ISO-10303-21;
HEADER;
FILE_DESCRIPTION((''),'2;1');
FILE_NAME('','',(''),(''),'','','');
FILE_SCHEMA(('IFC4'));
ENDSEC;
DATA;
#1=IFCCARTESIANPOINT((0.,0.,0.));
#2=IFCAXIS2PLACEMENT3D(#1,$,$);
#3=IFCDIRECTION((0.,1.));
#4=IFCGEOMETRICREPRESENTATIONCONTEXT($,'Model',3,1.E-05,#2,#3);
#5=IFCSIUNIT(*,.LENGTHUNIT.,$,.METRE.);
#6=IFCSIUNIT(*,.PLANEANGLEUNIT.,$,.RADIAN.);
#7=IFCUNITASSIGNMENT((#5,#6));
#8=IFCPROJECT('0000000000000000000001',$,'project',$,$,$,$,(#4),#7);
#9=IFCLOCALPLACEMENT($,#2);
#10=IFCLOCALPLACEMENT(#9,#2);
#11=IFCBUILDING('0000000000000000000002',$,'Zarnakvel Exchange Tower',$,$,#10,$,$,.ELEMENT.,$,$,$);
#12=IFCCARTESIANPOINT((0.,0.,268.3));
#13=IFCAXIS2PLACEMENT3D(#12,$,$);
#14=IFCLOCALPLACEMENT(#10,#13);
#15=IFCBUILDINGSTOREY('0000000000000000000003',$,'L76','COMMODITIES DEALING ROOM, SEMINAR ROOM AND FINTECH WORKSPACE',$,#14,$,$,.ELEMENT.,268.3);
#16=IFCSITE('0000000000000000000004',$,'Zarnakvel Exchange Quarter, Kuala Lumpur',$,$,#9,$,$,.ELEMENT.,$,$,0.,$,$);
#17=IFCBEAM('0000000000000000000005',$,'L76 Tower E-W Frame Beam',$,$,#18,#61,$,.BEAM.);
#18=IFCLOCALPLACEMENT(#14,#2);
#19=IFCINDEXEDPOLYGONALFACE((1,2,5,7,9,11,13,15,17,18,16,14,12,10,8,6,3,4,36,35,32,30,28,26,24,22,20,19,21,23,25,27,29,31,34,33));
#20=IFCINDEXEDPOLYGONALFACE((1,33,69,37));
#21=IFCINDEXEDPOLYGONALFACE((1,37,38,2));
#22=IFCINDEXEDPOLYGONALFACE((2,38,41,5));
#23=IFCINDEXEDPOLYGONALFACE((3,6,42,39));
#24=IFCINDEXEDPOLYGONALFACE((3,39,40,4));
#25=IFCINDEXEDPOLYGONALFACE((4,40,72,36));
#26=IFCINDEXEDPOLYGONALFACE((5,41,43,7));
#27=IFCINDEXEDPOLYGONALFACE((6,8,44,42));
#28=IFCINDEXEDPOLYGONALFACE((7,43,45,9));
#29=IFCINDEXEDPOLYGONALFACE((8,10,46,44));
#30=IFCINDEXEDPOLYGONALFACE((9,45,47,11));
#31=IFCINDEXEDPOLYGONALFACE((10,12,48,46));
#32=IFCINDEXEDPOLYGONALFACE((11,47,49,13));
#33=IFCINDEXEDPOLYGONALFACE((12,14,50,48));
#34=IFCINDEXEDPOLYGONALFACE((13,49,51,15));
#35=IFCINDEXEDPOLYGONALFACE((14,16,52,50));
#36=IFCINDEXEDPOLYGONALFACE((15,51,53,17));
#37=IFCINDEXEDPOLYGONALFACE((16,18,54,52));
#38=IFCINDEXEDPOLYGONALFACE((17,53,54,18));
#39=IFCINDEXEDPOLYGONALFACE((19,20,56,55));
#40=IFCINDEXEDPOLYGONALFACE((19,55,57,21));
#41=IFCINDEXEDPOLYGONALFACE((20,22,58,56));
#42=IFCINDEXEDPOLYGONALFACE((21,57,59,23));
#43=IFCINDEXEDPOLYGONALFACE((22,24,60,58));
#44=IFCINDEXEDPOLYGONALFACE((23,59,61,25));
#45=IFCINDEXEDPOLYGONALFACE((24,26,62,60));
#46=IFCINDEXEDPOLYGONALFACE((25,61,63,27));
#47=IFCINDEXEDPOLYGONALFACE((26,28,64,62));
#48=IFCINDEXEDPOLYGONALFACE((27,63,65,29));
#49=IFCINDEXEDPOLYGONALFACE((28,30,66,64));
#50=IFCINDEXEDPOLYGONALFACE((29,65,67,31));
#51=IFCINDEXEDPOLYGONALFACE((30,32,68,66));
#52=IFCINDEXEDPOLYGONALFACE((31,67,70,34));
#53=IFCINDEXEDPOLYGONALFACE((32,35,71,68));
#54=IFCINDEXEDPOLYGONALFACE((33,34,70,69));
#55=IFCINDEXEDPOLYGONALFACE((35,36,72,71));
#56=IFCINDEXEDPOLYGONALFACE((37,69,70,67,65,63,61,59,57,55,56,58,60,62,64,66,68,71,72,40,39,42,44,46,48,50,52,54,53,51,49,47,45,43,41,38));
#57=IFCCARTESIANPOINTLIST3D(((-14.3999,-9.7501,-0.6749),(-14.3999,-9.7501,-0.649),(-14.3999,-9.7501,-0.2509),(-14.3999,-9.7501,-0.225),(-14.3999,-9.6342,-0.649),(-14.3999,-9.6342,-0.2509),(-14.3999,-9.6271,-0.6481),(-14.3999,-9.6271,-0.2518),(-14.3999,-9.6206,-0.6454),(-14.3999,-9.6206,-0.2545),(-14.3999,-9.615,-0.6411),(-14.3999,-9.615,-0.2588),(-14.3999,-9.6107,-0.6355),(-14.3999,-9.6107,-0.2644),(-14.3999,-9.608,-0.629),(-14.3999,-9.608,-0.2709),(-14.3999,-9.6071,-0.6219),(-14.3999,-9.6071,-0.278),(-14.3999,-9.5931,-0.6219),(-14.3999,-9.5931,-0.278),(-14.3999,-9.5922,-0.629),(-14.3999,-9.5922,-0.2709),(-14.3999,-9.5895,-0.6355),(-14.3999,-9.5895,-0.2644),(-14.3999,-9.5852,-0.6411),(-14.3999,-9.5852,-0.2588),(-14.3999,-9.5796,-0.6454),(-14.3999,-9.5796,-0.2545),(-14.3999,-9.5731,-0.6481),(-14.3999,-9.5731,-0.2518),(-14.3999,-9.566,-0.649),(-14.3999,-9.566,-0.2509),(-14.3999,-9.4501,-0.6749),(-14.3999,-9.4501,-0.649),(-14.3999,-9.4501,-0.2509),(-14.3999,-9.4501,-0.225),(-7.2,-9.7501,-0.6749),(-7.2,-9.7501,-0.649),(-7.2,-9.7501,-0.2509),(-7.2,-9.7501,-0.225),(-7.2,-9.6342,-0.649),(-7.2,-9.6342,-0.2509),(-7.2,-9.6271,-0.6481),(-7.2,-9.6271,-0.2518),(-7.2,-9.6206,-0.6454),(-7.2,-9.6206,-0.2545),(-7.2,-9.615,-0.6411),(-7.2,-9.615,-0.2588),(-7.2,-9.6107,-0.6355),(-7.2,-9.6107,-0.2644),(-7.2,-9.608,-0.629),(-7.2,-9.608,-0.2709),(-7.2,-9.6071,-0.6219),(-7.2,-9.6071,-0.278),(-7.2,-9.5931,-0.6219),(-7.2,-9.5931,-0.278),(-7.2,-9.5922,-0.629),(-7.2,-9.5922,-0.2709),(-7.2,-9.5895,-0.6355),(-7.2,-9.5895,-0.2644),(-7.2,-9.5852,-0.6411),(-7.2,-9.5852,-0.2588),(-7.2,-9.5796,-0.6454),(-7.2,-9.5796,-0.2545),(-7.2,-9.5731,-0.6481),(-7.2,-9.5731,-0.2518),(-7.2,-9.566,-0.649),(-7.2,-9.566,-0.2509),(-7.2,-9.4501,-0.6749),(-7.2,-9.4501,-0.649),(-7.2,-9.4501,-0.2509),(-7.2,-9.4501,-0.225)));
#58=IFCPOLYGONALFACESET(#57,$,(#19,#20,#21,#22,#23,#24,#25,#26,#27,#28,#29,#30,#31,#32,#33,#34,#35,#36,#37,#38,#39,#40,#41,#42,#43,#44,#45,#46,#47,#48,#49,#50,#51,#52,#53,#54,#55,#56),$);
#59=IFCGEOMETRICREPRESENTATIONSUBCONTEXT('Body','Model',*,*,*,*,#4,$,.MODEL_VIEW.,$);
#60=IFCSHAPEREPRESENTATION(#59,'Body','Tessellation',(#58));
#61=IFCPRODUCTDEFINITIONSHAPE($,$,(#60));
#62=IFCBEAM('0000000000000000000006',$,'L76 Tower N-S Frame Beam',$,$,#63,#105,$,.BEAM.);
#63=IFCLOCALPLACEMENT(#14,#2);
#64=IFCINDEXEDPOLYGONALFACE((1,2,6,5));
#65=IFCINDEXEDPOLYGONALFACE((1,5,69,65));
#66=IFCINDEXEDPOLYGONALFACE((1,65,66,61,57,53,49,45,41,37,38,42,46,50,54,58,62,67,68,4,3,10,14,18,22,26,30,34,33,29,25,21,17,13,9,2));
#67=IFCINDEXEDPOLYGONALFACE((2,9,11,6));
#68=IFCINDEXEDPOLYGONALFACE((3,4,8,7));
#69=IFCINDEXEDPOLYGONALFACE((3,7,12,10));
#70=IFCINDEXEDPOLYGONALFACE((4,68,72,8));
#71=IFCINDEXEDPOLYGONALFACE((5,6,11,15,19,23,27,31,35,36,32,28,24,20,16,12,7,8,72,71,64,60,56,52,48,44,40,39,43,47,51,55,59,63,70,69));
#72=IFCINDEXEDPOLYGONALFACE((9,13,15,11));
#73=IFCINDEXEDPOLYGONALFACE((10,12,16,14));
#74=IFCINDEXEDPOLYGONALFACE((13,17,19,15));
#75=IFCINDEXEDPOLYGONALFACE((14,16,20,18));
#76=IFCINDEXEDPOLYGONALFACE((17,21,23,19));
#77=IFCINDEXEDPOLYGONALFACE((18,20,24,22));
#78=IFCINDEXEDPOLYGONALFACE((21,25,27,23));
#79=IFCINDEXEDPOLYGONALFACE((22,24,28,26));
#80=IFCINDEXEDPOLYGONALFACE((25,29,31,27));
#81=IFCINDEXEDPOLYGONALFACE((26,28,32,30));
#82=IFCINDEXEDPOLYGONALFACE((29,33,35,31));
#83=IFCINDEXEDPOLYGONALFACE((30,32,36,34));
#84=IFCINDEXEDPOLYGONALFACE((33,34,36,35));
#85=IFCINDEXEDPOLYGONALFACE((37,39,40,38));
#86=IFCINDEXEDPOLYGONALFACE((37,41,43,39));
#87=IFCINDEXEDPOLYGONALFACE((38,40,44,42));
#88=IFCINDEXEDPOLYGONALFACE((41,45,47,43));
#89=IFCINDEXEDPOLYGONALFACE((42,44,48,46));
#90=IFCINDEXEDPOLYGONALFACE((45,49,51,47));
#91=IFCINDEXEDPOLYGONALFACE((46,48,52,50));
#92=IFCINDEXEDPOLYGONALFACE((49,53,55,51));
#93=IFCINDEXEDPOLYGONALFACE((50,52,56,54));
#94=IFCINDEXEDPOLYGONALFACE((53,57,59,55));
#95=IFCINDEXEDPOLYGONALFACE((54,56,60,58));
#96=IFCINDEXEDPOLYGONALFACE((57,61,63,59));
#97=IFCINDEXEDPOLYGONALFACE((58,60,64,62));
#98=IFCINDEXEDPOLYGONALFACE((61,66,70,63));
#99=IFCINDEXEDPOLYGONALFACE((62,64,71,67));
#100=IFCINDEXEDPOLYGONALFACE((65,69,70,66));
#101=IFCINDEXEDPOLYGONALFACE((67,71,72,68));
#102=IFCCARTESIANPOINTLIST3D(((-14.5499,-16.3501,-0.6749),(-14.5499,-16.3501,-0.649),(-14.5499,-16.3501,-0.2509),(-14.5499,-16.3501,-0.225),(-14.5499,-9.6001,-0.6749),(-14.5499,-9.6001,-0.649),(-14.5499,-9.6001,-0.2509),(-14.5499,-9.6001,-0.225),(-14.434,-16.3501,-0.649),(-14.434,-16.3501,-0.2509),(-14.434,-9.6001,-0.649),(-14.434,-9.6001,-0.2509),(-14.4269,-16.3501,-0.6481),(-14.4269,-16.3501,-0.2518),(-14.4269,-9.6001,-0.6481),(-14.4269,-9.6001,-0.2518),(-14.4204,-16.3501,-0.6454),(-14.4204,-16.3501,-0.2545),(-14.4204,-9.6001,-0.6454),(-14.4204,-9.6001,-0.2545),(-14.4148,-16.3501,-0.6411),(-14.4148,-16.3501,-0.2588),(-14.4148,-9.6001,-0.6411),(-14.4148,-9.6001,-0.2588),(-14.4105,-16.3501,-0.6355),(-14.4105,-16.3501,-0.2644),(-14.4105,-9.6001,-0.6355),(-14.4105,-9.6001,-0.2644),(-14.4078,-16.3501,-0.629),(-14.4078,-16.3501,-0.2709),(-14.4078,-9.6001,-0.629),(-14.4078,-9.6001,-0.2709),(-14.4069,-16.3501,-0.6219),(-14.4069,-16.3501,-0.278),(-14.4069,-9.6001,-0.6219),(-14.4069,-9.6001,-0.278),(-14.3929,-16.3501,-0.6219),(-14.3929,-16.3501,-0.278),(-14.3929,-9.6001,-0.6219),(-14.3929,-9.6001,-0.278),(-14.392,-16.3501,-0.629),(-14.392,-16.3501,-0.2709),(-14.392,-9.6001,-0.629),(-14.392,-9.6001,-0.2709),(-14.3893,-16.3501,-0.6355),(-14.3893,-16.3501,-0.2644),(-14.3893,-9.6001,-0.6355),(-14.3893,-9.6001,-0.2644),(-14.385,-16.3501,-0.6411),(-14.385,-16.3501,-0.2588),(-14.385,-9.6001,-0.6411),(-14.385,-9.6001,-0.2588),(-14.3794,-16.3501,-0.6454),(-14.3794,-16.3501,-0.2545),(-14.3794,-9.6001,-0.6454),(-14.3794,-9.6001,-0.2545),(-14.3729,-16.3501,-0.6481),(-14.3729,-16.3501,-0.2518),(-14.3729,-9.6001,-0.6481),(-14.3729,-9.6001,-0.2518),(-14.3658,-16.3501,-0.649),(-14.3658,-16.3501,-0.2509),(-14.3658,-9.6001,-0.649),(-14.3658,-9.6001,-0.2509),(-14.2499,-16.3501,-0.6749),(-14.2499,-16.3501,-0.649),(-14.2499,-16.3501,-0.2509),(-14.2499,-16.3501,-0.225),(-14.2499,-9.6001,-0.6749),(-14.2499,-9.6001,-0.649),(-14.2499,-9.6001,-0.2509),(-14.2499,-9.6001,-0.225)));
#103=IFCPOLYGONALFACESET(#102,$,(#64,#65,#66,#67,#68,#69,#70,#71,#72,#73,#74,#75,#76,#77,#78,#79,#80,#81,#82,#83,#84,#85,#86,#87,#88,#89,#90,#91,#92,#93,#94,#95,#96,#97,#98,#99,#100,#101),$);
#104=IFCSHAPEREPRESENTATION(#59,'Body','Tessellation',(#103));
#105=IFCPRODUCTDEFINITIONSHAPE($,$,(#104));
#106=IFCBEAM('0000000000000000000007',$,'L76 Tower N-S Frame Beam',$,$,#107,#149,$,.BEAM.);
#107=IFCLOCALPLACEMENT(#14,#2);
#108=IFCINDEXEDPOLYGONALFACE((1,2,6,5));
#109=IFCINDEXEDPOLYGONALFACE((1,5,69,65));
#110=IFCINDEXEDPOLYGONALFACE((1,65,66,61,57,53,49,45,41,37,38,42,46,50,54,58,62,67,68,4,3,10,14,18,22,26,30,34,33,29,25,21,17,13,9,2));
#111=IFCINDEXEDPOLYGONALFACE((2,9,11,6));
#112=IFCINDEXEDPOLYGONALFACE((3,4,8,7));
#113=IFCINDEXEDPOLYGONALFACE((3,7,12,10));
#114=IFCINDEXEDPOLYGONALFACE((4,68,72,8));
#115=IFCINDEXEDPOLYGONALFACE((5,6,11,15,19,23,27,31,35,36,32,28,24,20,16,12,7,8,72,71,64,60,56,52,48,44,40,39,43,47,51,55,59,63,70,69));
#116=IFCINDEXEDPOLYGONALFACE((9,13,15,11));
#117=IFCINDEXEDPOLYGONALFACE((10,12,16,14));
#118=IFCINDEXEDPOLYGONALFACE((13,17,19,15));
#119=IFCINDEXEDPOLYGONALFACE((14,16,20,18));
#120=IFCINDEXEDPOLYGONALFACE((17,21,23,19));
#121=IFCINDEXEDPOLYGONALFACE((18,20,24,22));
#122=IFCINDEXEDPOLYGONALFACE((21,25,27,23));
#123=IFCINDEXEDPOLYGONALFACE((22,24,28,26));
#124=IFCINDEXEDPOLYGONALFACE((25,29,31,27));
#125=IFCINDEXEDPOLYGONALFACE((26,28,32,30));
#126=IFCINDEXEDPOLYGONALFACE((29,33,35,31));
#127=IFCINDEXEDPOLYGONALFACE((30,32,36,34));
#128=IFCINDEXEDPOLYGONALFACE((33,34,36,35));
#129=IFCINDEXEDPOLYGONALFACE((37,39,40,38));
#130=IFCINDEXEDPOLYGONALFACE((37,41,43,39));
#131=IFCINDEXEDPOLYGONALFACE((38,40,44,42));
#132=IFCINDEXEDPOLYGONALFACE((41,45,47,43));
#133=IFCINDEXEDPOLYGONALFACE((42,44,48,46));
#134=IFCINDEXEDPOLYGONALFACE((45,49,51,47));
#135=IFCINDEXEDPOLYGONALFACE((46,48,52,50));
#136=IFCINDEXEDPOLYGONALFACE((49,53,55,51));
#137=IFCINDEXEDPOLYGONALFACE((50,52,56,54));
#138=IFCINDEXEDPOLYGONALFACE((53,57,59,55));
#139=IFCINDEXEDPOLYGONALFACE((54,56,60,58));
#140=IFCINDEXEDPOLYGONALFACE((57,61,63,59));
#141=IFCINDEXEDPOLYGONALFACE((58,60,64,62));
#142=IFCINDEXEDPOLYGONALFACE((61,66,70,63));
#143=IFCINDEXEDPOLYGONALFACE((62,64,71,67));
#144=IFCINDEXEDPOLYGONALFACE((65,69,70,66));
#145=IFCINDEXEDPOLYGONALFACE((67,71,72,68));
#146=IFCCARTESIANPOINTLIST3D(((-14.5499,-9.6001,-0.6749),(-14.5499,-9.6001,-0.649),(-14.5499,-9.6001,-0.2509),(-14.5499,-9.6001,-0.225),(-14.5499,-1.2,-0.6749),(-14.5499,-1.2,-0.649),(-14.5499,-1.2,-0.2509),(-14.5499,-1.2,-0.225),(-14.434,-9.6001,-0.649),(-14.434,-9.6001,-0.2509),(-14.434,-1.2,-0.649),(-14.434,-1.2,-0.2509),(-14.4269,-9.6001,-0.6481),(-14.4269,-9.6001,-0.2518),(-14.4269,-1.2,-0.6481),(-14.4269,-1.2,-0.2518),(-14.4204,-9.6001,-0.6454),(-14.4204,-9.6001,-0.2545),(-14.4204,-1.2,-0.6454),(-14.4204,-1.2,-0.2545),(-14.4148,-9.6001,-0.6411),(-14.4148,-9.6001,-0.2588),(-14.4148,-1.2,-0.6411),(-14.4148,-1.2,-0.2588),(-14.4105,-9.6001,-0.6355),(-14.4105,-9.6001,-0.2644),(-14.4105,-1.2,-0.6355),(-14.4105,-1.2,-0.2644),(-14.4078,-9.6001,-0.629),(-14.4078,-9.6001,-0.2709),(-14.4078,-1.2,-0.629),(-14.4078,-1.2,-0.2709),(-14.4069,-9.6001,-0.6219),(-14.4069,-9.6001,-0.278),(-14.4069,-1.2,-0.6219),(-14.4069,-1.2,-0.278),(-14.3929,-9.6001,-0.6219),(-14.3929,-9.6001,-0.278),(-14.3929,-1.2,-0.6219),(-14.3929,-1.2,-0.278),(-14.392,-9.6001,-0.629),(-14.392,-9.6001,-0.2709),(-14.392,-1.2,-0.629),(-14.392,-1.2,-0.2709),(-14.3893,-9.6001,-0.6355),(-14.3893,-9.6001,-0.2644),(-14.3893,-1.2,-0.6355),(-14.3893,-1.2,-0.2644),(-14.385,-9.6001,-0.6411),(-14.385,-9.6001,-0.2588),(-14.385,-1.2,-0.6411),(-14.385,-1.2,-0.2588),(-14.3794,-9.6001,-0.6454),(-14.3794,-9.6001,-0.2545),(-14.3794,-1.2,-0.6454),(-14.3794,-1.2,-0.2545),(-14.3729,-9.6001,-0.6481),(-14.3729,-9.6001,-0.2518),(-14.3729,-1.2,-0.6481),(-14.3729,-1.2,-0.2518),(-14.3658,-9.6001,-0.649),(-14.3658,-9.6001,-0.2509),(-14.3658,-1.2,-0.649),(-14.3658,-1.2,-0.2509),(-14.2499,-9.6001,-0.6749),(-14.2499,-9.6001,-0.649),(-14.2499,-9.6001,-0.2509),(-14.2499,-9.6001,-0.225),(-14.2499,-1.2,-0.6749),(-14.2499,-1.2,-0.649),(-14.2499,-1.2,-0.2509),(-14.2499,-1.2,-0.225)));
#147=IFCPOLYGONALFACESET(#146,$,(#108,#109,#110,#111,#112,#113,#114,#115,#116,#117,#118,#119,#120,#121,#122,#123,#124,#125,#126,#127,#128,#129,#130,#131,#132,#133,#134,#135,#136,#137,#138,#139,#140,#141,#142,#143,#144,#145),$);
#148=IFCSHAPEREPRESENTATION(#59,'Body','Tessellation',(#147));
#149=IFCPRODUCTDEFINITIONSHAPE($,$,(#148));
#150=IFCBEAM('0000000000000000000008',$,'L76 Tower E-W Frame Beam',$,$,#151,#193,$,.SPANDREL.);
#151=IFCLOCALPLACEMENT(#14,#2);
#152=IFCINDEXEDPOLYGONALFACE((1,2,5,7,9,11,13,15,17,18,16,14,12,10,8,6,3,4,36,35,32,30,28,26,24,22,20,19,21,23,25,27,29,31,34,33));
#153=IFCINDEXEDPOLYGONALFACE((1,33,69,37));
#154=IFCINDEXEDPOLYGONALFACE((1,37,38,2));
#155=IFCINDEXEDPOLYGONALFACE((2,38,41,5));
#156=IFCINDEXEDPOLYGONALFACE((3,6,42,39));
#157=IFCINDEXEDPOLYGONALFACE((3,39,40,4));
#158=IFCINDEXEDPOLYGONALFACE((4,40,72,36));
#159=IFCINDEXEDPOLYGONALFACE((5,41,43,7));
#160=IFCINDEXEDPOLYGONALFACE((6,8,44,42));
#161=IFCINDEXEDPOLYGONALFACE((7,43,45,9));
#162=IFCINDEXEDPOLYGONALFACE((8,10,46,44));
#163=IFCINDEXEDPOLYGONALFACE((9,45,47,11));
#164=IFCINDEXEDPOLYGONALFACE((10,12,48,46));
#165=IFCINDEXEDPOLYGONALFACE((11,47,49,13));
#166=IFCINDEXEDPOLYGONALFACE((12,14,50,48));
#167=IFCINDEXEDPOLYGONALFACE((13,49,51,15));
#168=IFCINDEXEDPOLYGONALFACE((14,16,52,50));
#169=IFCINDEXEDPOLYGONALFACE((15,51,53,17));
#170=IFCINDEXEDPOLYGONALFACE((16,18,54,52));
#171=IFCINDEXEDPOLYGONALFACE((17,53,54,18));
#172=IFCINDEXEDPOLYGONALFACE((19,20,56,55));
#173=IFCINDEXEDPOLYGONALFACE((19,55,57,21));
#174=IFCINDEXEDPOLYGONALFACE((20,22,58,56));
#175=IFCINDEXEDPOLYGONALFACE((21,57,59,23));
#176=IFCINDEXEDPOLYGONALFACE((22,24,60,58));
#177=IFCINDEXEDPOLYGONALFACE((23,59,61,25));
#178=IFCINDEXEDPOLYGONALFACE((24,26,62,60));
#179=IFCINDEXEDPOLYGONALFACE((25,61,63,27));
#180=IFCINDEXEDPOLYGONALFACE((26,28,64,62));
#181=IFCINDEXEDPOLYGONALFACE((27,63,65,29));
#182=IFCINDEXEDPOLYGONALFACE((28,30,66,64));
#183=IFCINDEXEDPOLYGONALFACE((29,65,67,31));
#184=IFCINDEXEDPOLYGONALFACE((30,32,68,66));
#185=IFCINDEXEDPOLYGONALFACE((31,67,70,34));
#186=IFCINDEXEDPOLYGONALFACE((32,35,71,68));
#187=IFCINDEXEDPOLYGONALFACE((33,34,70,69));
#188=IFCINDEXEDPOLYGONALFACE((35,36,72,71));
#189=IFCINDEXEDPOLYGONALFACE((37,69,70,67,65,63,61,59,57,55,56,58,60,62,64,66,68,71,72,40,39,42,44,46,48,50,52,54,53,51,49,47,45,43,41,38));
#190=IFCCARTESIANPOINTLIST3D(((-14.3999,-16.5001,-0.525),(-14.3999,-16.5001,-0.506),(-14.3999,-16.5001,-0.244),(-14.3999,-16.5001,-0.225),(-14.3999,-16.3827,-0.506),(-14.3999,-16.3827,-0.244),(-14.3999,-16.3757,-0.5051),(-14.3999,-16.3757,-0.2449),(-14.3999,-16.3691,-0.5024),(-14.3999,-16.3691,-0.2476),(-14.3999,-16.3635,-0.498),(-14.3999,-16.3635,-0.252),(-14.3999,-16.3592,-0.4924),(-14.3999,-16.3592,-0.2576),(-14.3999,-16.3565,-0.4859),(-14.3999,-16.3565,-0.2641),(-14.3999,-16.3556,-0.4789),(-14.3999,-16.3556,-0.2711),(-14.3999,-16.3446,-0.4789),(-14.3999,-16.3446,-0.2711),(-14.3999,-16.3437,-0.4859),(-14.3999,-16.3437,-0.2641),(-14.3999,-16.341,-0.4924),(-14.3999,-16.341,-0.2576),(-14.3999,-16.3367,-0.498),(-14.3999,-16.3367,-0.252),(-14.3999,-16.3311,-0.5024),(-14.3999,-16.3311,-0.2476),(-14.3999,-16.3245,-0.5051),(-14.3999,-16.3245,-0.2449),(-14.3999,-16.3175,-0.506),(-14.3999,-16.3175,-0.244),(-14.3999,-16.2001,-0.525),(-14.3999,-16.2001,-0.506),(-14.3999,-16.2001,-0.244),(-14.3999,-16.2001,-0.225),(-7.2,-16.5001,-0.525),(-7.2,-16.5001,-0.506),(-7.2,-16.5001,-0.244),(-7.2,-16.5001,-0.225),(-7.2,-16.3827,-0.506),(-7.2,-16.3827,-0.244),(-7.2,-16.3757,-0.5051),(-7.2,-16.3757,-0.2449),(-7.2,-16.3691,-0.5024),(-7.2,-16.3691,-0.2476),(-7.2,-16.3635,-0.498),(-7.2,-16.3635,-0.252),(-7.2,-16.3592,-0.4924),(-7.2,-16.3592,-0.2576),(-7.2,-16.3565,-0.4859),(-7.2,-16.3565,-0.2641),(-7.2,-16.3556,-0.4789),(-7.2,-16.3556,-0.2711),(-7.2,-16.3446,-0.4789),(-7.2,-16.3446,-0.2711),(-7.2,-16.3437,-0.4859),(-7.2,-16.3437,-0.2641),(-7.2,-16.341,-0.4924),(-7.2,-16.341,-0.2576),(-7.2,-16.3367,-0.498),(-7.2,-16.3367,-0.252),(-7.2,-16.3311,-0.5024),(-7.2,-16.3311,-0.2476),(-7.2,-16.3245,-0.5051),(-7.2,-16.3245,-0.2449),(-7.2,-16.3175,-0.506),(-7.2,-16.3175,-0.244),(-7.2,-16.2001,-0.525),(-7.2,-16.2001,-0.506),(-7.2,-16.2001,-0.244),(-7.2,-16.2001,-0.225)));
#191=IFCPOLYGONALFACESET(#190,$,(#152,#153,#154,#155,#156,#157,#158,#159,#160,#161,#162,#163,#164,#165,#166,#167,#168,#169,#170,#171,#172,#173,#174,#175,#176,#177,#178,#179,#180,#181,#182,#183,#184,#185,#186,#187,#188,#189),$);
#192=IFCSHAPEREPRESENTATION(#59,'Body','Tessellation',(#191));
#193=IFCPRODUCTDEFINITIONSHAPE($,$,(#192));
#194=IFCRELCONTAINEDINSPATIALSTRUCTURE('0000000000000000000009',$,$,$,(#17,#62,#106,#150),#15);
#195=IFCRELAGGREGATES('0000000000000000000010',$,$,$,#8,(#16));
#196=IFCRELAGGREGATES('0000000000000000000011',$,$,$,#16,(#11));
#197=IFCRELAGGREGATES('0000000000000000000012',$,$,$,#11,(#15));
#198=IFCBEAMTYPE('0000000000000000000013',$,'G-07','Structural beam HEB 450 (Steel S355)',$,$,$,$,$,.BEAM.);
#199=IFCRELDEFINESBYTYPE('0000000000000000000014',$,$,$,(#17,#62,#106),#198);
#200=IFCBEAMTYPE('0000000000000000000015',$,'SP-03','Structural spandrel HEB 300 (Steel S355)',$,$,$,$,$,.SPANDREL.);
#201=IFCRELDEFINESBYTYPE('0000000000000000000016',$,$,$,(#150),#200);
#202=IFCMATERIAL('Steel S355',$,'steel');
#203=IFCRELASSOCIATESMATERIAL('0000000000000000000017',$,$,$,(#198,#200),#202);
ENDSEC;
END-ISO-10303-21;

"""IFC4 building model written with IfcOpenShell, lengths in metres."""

from ifc_helpers import new_model, si_unit, direction, frame, origin, origin_2d, place, context, subcontext, project, spatial, i_section, extrude, material, material_profile, profile_set, type_object, element, save


model = new_model("IFC4")

# Units and contexts
model_context = context("Model", 3, precision=1e-05, world=origin(), true_north=direction((0.0, 1.0)))
body_context = subcontext(model_context, "Body", "Model", "MODEL_VIEW")
ifc_project = project(units=[si_unit("LENGTHUNIT", "METRE"), si_unit("PLANEANGLEUNIT", "RADIAN")], contexts=[model_context])

# Site, building, storey
site_placement = place(None, origin())
site = spatial("IfcSite", under=ifc_project, at=site_placement, Name="Zarnakvel Exchange Quarter, Kuala Lumpur", CompositionType="ELEMENT", RefElevation=0.0)
building_placement = place(site_placement, origin())
building = spatial("IfcBuilding", under=site, at=building_placement, Name="Zarnakvel Exchange Tower", CompositionType="ELEMENT")
storey_placement = place(building_placement, frame((0.0, 0.0, 268.3)))
storey = spatial("IfcBuildingStorey", under=building, at=storey_placement, Name="L76", Description="COMMODITIES DEALING ROOM, SEMINAR ROOM AND FINTECH WORKSPACE", CompositionType="ELEMENT", Elevation=268.3)

# Shared definitions
ifc_material_1 = material(Name="Steel S355", Category="steel")

# Beams
ifc_material_profile_1 = material_profile(ifc_material_1, i_section(OverallWidth=0.3, OverallDepth=0.45, WebThickness=0.0139, FlangeThickness=0.0259, FilletRadius=0.0271, at=origin_2d()))
ifc_profile_set_1 = profile_set([ifc_material_profile_1], Name="Steel S355")
beam_type_1 = type_object("IfcBeamType", Name="G-07", Description="Structural beam HEB 450 (Steel S355)", PredefinedType="BEAM", material=ifc_profile_set_1)
beam_1_placement = place(storey_placement, frame((-14.3999, -9.6001, -0.45), z_axis=(1.0, 0.0, 0.0), x_axis=(0.0, 1.0, 0.0)))
element("IfcBeam", 1, at=beam_1_placement, inside=storey, type_object=beam_type_1, Name="L76 Tower E-W Frame Beam", PredefinedType="BEAM", context=body_context, shape_type="SweptSolid", body=[
    extrude(i_section(OverallWidth=0.3, OverallDepth=0.45, WebThickness=0.0139, FlangeThickness=0.0259, FilletRadius=0.0271, at=origin_2d()), origin(), (0.0, 0.0, 1.0), 7.2),
])
beam_2_placement = place(storey_placement, frame((-14.3999, -16.3501, -0.45), z_axis=(0.0, 1.0, 0.0), x_axis=(-1.0, 0.0, 0.0)))
element("IfcBeam", 2, at=beam_2_placement, inside=storey, type_object=beam_type_1, Name="L76 Tower N-S Frame Beam", PredefinedType="BEAM", context=body_context, shape_type="SweptSolid", body=[
    extrude(i_section(OverallWidth=0.3, OverallDepth=0.45, WebThickness=0.0139, FlangeThickness=0.0259, FilletRadius=0.0271, at=origin_2d()), origin(), (0.0, 0.0, 1.0), 6.75),
])
beam_3_placement = place(storey_placement, frame((-14.3999, -9.6001, -0.45), z_axis=(0.0, 1.0, 0.0), x_axis=(-1.0, 0.0, 0.0)))
element("IfcBeam", 3, at=beam_3_placement, inside=storey, type_object=beam_type_1, Name="L76 Tower N-S Frame Beam", PredefinedType="BEAM", context=body_context, shape_type="SweptSolid", body=[
    extrude(i_section(OverallWidth=0.3, OverallDepth=0.45, WebThickness=0.0139, FlangeThickness=0.0259, FilletRadius=0.0271, at=origin_2d()), origin(), (0.0, 0.0, 1.0), 8.4001),
])
ifc_material_profile_2 = material_profile(ifc_material_1, i_section(OverallWidth=0.3, OverallDepth=0.3, WebThickness=0.011, FlangeThickness=0.019, FilletRadius=0.0271, at=origin_2d()))
ifc_profile_set_2 = profile_set([ifc_material_profile_2], Name="Steel S355")
beam_type_2 = type_object("IfcBeamType", Name="SP-03", Description="Structural spandrel HEB 300 (Steel S355)", PredefinedType="SPANDREL", material=ifc_profile_set_2)
beam_4_placement = place(storey_placement, frame((-14.3999, -16.3501, -0.375), z_axis=(1.0, 0.0, 0.0), x_axis=(0.0, 1.0, 0.0)))
element("IfcBeam", 4, at=beam_4_placement, inside=storey, type_object=beam_type_2, Name="L76 Tower E-W Frame Beam", PredefinedType="SPANDREL", context=body_context, shape_type="SweptSolid", body=[
    extrude(i_section(OverallWidth=0.3, OverallDepth=0.3, WebThickness=0.011, FlangeThickness=0.019, FilletRadius=0.0271, at=origin_2d()), origin(), (0.0, 0.0, 1.0), 7.2),
])

save(model, "model.ifc")
